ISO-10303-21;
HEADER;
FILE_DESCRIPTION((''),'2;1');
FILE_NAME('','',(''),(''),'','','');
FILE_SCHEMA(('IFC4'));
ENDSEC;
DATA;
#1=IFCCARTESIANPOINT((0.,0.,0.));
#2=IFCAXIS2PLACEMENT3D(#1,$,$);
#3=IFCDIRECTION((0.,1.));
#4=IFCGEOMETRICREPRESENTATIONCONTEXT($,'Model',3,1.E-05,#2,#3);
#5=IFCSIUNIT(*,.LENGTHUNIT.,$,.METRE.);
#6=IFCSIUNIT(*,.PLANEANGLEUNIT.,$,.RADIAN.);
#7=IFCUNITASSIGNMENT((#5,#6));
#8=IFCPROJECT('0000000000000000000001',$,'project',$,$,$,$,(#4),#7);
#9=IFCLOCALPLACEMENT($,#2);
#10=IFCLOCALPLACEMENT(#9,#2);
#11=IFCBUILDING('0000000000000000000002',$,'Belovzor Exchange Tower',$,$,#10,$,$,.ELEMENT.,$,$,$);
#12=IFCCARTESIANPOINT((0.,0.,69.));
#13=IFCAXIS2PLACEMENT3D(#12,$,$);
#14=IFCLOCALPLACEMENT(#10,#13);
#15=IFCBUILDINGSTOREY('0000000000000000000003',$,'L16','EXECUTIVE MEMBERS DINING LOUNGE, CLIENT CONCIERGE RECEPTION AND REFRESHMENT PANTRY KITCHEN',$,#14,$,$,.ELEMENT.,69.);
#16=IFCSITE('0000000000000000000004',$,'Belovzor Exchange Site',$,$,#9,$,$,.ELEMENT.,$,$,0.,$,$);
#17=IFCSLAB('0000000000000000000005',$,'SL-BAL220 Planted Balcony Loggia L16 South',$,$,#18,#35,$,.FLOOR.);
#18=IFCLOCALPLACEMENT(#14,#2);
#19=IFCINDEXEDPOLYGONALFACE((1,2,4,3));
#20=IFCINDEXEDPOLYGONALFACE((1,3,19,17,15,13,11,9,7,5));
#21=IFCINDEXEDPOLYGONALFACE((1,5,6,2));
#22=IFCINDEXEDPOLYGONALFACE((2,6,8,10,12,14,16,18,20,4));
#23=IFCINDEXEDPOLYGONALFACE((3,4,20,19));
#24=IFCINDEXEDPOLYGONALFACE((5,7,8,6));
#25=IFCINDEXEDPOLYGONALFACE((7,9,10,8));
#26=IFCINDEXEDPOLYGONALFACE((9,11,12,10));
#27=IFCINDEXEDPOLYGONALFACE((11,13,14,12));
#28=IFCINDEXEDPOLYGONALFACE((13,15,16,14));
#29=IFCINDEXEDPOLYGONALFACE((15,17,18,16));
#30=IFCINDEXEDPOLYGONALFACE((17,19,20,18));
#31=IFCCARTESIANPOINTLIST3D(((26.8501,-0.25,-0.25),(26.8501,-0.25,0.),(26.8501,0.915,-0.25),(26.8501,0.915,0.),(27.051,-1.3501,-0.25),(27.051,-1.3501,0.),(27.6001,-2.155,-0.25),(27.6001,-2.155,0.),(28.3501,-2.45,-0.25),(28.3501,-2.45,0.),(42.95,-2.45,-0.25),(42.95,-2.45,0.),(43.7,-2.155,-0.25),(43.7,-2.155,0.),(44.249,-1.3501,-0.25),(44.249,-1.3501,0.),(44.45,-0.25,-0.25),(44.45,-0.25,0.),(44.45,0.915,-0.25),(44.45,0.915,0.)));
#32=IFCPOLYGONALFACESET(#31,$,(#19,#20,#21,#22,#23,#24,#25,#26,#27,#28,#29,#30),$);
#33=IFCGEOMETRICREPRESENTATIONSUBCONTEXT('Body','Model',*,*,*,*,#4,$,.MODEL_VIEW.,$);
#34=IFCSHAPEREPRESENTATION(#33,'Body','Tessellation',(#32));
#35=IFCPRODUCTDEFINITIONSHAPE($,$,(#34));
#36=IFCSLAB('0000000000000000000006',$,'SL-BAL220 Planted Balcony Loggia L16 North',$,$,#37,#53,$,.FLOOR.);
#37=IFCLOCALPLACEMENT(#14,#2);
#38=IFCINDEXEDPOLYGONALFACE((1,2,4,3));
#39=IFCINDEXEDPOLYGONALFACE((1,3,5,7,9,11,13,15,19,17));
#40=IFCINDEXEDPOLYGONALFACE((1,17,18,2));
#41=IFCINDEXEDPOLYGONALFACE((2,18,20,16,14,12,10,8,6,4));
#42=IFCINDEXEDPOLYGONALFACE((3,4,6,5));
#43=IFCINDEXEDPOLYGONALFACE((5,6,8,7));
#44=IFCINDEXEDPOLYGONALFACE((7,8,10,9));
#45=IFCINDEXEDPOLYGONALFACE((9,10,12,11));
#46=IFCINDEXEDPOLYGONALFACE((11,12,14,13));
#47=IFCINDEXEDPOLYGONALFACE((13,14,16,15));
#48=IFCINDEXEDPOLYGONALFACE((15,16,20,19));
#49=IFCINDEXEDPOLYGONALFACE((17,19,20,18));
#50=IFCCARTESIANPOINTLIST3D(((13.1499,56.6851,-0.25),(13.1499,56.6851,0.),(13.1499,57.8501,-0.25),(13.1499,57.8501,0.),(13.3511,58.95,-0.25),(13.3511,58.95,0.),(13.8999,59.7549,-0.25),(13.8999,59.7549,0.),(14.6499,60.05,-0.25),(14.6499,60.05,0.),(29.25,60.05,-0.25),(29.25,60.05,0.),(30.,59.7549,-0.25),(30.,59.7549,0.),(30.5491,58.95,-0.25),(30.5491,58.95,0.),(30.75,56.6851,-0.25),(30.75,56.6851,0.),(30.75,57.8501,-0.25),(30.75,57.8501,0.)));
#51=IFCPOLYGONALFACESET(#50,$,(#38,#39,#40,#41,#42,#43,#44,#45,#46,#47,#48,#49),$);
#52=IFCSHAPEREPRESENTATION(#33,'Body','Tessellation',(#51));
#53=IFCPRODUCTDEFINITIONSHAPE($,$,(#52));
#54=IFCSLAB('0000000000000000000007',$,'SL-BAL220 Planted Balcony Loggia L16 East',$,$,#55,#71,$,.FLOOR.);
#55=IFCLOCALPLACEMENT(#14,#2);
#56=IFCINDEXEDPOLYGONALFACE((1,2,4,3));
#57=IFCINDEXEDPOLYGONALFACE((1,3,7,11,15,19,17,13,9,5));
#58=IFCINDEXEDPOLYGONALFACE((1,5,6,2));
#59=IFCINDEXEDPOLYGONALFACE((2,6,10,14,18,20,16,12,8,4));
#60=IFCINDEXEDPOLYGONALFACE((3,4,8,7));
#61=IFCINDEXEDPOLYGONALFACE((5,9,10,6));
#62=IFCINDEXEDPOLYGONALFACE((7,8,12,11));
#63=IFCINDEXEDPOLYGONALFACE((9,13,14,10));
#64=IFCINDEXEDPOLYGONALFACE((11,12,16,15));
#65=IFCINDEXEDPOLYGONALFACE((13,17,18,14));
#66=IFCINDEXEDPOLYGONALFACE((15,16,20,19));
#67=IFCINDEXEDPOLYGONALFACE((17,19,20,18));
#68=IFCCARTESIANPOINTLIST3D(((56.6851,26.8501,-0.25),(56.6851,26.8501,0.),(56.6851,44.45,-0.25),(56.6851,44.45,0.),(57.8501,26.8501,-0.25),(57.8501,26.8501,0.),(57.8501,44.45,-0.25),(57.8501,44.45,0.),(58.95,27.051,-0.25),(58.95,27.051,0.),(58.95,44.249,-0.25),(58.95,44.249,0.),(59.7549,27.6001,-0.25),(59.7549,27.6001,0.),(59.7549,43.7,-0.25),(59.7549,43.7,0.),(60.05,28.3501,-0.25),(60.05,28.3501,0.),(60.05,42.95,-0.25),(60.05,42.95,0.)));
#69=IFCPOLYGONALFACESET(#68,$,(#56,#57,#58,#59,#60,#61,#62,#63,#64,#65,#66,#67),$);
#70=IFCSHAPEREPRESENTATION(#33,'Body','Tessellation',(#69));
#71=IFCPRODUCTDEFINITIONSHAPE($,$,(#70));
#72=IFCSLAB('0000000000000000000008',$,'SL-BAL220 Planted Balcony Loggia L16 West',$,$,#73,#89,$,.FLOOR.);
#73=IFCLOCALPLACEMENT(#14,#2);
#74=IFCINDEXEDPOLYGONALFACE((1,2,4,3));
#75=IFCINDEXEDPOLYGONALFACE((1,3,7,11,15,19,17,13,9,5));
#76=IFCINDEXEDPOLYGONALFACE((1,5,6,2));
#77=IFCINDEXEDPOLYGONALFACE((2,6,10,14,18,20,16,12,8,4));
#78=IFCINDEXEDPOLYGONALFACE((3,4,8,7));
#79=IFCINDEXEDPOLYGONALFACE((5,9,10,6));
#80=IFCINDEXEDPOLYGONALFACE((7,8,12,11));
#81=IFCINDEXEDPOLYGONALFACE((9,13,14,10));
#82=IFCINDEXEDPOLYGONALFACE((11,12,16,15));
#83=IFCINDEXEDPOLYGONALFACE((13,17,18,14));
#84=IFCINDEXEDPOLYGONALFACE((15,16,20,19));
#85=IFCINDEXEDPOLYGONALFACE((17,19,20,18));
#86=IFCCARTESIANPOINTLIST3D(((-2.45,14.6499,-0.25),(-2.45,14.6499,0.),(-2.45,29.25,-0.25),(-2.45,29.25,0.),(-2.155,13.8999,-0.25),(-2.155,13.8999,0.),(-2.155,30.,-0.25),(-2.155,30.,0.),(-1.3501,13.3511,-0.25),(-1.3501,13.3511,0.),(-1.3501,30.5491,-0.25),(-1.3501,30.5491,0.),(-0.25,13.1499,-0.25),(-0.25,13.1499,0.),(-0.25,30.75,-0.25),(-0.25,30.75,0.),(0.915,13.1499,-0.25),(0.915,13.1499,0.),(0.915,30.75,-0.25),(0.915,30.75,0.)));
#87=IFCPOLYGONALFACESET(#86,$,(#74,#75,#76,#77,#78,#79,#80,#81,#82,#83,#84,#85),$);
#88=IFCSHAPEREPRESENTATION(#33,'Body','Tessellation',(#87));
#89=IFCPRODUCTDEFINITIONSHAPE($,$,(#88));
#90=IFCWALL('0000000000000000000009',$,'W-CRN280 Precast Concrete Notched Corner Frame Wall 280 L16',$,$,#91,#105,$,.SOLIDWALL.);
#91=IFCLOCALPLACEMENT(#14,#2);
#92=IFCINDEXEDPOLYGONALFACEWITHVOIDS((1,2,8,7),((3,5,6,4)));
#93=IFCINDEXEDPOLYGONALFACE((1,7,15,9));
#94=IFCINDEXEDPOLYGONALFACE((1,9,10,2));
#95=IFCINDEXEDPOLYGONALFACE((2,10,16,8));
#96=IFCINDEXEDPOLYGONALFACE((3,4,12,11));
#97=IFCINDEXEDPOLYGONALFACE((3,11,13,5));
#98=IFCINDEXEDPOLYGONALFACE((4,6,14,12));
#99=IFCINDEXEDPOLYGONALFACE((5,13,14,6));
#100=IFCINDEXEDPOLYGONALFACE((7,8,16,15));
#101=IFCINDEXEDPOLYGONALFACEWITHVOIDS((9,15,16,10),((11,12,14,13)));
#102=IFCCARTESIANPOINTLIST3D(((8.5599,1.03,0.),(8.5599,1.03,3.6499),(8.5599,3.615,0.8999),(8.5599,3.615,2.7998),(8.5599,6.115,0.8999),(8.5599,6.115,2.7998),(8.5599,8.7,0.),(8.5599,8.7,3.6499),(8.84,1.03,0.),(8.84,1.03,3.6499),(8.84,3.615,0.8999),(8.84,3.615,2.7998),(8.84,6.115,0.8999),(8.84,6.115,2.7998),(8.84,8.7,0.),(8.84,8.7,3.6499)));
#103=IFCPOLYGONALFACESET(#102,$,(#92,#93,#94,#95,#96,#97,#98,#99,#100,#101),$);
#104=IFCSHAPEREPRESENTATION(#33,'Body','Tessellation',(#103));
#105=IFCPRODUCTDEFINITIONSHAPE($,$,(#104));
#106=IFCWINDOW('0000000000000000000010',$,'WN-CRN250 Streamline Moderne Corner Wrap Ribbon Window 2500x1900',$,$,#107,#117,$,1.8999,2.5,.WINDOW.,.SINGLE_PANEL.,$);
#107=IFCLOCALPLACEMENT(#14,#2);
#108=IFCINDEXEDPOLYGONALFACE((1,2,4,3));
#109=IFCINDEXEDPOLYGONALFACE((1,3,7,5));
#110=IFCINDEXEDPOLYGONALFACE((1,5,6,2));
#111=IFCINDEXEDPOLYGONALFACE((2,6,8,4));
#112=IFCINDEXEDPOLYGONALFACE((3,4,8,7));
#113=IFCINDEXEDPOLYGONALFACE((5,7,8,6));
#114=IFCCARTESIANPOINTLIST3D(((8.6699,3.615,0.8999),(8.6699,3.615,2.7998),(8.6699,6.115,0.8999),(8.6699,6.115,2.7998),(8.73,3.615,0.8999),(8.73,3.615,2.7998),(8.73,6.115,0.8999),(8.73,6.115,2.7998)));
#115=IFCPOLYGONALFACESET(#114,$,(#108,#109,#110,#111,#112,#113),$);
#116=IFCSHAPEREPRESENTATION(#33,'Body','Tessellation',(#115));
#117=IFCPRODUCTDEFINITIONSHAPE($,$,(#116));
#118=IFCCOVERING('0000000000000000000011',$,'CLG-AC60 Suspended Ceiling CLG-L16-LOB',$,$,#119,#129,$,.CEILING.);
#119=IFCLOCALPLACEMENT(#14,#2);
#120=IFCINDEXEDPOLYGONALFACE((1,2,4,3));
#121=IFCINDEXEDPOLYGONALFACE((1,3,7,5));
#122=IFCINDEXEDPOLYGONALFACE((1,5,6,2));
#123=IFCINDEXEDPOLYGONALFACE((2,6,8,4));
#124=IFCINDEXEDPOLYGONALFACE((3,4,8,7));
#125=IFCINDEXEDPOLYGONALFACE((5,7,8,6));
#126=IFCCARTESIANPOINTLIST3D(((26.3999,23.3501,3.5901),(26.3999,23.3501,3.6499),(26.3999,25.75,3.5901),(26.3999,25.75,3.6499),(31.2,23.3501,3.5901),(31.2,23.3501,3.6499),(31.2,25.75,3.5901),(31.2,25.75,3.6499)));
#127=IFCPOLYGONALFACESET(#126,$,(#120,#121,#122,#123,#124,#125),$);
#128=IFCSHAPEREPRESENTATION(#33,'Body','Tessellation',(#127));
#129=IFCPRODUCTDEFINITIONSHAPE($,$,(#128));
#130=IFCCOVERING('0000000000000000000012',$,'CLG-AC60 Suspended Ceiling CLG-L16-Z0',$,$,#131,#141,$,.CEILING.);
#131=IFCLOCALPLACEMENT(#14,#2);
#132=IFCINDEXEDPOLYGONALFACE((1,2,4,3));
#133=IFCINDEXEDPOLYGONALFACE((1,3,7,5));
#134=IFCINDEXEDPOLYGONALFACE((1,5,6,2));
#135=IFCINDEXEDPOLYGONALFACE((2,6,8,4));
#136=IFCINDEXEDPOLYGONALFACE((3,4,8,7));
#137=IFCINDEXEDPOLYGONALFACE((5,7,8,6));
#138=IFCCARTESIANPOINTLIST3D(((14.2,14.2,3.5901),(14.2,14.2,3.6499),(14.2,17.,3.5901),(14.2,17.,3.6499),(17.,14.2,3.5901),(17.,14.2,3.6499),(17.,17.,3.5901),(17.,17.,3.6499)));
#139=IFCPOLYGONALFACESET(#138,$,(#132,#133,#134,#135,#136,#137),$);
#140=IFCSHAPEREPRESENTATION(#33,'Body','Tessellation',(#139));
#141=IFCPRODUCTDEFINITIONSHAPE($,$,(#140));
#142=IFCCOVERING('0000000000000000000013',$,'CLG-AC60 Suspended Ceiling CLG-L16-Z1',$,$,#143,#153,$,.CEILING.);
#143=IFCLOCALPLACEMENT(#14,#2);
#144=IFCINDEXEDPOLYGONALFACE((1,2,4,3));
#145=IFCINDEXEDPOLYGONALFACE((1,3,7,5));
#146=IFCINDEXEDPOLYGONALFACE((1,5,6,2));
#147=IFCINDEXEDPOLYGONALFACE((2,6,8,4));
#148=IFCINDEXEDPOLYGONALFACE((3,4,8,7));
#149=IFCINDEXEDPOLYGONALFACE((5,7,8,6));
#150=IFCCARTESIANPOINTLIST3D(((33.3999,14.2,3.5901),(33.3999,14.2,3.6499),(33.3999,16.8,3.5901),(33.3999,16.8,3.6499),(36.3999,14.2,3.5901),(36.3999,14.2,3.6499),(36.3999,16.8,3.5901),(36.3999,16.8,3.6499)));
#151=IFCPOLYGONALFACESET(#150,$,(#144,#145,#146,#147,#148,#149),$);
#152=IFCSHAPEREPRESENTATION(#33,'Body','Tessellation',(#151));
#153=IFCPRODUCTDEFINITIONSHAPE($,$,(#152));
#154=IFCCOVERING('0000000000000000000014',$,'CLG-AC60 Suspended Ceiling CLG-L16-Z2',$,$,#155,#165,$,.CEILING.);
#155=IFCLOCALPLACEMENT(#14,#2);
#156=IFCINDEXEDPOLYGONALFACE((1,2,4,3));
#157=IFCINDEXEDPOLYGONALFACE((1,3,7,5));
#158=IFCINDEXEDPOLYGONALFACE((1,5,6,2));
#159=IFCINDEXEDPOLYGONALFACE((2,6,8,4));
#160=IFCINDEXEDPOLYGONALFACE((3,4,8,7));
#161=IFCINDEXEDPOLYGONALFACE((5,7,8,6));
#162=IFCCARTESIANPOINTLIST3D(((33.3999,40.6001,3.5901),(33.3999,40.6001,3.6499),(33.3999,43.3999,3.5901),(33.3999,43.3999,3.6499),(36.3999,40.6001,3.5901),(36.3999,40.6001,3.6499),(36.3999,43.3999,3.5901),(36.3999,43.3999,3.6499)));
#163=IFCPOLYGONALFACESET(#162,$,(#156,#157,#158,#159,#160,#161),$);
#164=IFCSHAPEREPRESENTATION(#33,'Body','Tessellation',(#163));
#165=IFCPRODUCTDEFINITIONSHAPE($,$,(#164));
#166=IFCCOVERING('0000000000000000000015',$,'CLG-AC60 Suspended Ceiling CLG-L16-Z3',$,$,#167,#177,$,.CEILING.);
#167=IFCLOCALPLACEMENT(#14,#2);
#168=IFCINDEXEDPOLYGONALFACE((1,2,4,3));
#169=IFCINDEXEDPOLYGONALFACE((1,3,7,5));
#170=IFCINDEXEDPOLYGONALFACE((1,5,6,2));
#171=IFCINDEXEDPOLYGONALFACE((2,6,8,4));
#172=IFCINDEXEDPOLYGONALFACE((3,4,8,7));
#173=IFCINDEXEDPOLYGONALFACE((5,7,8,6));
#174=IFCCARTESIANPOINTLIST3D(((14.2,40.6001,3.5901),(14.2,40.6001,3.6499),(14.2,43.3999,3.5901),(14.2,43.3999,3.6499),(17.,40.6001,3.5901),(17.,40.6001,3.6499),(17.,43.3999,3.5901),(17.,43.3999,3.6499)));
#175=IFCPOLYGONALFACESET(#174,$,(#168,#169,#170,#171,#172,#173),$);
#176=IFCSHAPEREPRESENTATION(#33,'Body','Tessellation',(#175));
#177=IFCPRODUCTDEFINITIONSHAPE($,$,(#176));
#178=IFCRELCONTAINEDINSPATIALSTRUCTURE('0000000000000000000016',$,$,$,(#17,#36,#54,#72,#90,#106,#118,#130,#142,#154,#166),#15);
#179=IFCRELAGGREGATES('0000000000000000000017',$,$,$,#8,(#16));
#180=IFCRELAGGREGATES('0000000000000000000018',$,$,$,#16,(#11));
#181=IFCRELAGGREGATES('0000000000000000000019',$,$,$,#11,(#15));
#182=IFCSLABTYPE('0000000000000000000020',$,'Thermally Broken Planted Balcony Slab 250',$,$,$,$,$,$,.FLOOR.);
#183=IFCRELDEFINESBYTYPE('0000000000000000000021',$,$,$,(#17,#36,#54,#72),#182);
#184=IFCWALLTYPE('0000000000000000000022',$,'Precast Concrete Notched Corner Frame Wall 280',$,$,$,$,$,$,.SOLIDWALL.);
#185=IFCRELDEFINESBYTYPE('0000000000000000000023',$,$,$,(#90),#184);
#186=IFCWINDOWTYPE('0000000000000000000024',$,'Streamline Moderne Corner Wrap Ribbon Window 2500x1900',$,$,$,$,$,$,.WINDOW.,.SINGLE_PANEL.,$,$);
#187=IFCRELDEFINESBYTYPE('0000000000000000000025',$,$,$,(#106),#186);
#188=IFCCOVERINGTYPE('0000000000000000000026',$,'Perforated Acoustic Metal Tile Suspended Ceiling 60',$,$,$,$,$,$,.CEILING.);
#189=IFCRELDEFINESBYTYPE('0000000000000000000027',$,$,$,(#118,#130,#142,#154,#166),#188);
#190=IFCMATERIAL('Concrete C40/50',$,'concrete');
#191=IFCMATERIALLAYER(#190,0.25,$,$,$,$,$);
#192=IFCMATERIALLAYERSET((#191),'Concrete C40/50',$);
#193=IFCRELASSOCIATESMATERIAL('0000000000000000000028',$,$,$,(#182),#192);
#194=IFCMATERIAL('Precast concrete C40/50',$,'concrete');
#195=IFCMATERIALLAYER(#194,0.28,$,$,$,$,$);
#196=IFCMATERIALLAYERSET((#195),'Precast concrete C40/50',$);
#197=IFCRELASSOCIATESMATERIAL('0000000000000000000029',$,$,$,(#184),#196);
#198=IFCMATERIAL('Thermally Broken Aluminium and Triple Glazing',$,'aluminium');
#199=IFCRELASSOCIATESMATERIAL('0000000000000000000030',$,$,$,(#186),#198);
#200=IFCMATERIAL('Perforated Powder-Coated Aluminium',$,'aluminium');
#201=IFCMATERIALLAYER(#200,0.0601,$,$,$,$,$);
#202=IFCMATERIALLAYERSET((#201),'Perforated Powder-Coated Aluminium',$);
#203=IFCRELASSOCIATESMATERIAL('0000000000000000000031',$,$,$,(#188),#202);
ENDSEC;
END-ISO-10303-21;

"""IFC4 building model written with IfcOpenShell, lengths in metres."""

from ifc_helpers import new_model, si_unit, direction, frame, frame_2d, origin, place, context, subcontext, project, spatial, polyline, rectangle, outline, extrude, material, layer, layer_set, type_object, element, fill, save


model = new_model("IFC4")

# Units and contexts
model_context = context("Model", 3, precision=1e-05, world=origin(), true_north=direction((0.0, 1.0)))
body_context = subcontext(model_context, "Body", "Model", "MODEL_VIEW")
ifc_project = project(units=[si_unit("LENGTHUNIT", "METRE"), si_unit("PLANEANGLEUNIT", "RADIAN")], contexts=[model_context])

# Site, building, storey
site_placement = place(None, origin())
site = spatial("IfcSite", under=ifc_project, at=site_placement, Name="Belovzor Exchange Site", CompositionType="ELEMENT", RefElevation=0.0)
building_placement = place(site_placement, origin())
building = spatial("IfcBuilding", under=site, at=building_placement, Name="Belovzor Exchange Tower", CompositionType="ELEMENT")
storey_placement = place(building_placement, frame((0.0, 0.0, 69.0)))
storey = spatial("IfcBuildingStorey", under=building, at=storey_placement, Name="L16", Description="EXECUTIVE MEMBERS DINING LOUNGE, CLIENT CONCIERGE RECEPTION AND REFRESHMENT PANTRY KITCHEN", CompositionType="ELEMENT", Elevation=69.0)

# Slabs
ifc_material_1 = material(Name="Concrete C40/50", Category="concrete")
ifc_layer_1 = layer(ifc_material_1, 0.25)
ifc_layer_set_1 = layer_set([ifc_layer_1], Name="Concrete C40/50")
slab_type_1 = type_object("IfcSlabType", Name="Thermally Broken Planted Balcony Slab 250", PredefinedType="FLOOR", material=ifc_layer_set_1)
slab_1_placement = place(storey_placement, frame((0.0, 0.0, -0.25)))
element("IfcSlab", 1, at=slab_1_placement, inside=storey, type_object=slab_type_1, Name="SL-BAL220 Planted Balcony Loggia L16 South", PredefinedType="FLOOR", context=body_context, shape_type="SweptSolid", body=[
    extrude(outline(polyline([(26.8501, 0.915), (26.8501, -0.25), (27.051, -1.3501), (27.6001, -2.155), (28.3501, -2.45), (42.95, -2.45), (43.7, -2.155), (44.249, -1.3501), (44.45, -0.25), (44.45, 0.915), (26.8501, 0.915)])), origin(), (0.0, 0.0, 1.0), 0.25),
])
slab_2_placement = place(storey_placement, frame((0.0, 0.0, -0.25)))
element("IfcSlab", 2, at=slab_2_placement, inside=storey, type_object=slab_type_1, Name="SL-BAL220 Planted Balcony Loggia L16 North", PredefinedType="FLOOR", context=body_context, shape_type="SweptSolid", body=[
    extrude(outline(polyline([(30.75, 56.6851), (30.75, 57.8501), (30.5491, 58.95), (30.0, 59.7549), (29.25, 60.05), (14.6499, 60.05), (13.8999, 59.7549), (13.3511, 58.95), (13.1499, 57.8501), (13.1499, 56.6851), (30.75, 56.6851)])), origin(), (0.0, 0.0, 1.0), 0.25),
])
slab_3_placement = place(storey_placement, frame((0.0, 0.0, -0.25)))
element("IfcSlab", 3, at=slab_3_placement, inside=storey, type_object=slab_type_1, Name="SL-BAL220 Planted Balcony Loggia L16 East", PredefinedType="FLOOR", context=body_context, shape_type="SweptSolid", body=[
    extrude(outline(polyline([(56.6851, 26.8501), (57.8501, 26.8501), (58.95, 27.051), (59.7549, 27.6001), (60.05, 28.3501), (60.05, 42.95), (59.7549, 43.7), (58.95, 44.249), (57.8501, 44.45), (56.6851, 44.45), (56.6851, 26.8501)])), origin(), (0.0, 0.0, 1.0), 0.25),
])
slab_4_placement = place(storey_placement, frame((0.0, 0.0, -0.25)))
element("IfcSlab", 4, at=slab_4_placement, inside=storey, type_object=slab_type_1, Name="SL-BAL220 Planted Balcony Loggia L16 West", PredefinedType="FLOOR", context=body_context, shape_type="SweptSolid", body=[
    extrude(outline(polyline([(0.915, 30.75), (-0.25, 30.75), (-1.3501, 30.5491), (-2.155, 30.0), (-2.45, 29.25), (-2.45, 14.6499), (-2.155, 13.8999), (-1.3501, 13.3511), (-0.25, 13.1499), (0.915, 13.1499), (0.915, 30.75)])), origin(), (0.0, 0.0, 1.0), 0.25),
])

# Wall, opening, window
ifc_material_2 = material(Name="Precast concrete C40/50", Category="concrete")
ifc_layer_2 = layer(ifc_material_2, 0.28)
ifc_layer_set_2 = layer_set([ifc_layer_2], Name="Precast concrete C40/50")
wall_type = type_object("IfcWallType", Name="Precast Concrete Notched Corner Frame Wall 280", PredefinedType="SOLIDWALL", material=ifc_layer_set_2)
wall_placement = place(storey_placement, frame((8.7, 1.03, 0.0), z_axis=(0.0, 0.0, 1.0), x_axis=(0.0, 1.0, 0.0)))
wall = element("IfcWall", 5, at=wall_placement, inside=storey, type_object=wall_type, Name="W-CRN280 Precast Concrete Notched Corner Frame Wall 280 L16", PredefinedType="SOLIDWALL", context=body_context, shape_type="SweptSolid", body=[
    extrude(rectangle(XDim=7.6699, YDim=0.28, at=frame_2d((3.835, 0.0))), origin(), (0.0, 0.0, 1.0), 3.6499),
])
opening_placement = place(wall_placement, frame((2.585, 0.0, 0.8999)))
opening = element("IfcOpeningElement", 6, at=opening_placement, cuts=wall, PredefinedType="OPENING", context=body_context, shape_type="SweptSolid", body=[
    extrude(rectangle(XDim=2.5, YDim=1.8999, at=frame_2d((1.25, 0.95))), frame((0.0, 0.1499, 0.0), z_axis=(0.0, -1.0, 0.0), x_axis=(1.0, 0.0, 0.0)), (0.0, 0.0, 1.0), 0.3),
])
ifc_material_3 = material(Name="Thermally Broken Aluminium and Triple Glazing", Category="aluminium")
window_type = type_object("IfcWindowType", Name="Streamline Moderne Corner Wrap Ribbon Window 2500x1900", PartitioningType="SINGLE_PANEL", PredefinedType="WINDOW", material=ifc_material_3)
window_placement = place(opening_placement, origin())
window = element("IfcWindow", 7, at=window_placement, inside=storey, type_object=window_type, Name="WN-CRN250 Streamline Moderne Corner Wrap Ribbon Window 2500x1900", OverallHeight=1.8999, OverallWidth=2.5, PartitioningType="SINGLE_PANEL", PredefinedType="WINDOW", context=body_context, shape_type="SweptSolid", body=[
    extrude(rectangle(XDim=2.5, YDim=1.8999, at=frame_2d((1.25, 0.95))), frame((0.0, 0.03, 0.0), z_axis=(0.0, -1.0, 0.0), x_axis=(1.0, 0.0, 0.0)), (0.0, 0.0, 1.0), 0.0601),
])
fill(opening, window)

# Coverings
ifc_material_4 = material(Name="Perforated Powder-Coated Aluminium", Category="aluminium")
ifc_layer_3 = layer(ifc_material_4, 0.0601)
ifc_layer_set_3 = layer_set([ifc_layer_3], Name="Perforated Powder-Coated Aluminium")
covering_type_1 = type_object("IfcCoveringType", Name="Perforated Acoustic Metal Tile Suspended Ceiling 60", PredefinedType="CEILING", material=ifc_layer_set_3)
covering_1_placement = place(storey_placement, frame((0.0, 0.0, 3.5901)))
element("IfcCovering", 8, at=covering_1_placement, inside=storey, type_object=covering_type_1, Name="CLG-AC60 Suspended Ceiling CLG-L16-LOB", PredefinedType="CEILING", context=body_context, shape_type="SweptSolid", body=[
    extrude(outline(polyline([(26.3999, 23.3501), (31.2, 23.3501), (31.2, 25.75), (26.3999, 25.75), (26.3999, 23.3501)])), origin(), (0.0, 0.0, 1.0), 0.0598),
])
covering_2_placement = place(storey_placement, frame((0.0, 0.0, 3.5901)))
element("IfcCovering", 9, at=covering_2_placement, inside=storey, type_object=covering_type_1, Name="CLG-AC60 Suspended Ceiling CLG-L16-Z0", PredefinedType="CEILING", context=body_context, shape_type="SweptSolid", body=[
    extrude(outline(polyline([(14.2, 14.2), (17.0, 14.2), (17.0, 17.0), (14.2, 17.0), (14.2, 14.2)])), origin(), (0.0, 0.0, 1.0), 0.0598),
])
covering_3_placement = place(storey_placement, frame((0.0, 0.0, 3.5901)))
element("IfcCovering", 10, at=covering_3_placement, inside=storey, type_object=covering_type_1, Name="CLG-AC60 Suspended Ceiling CLG-L16-Z1", PredefinedType="CEILING", context=body_context, shape_type="SweptSolid", body=[
    extrude(outline(polyline([(33.3999, 14.2), (36.3999, 14.2), (36.3999, 16.8), (33.3999, 16.8), (33.3999, 14.2)])), origin(), (0.0, 0.0, 1.0), 0.0598),
])
covering_4_placement = place(storey_placement, frame((0.0, 0.0, 3.5901)))
element("IfcCovering", 11, at=covering_4_placement, inside=storey, type_object=covering_type_1, Name="CLG-AC60 Suspended Ceiling CLG-L16-Z2", PredefinedType="CEILING", context=body_context, shape_type="SweptSolid", body=[
    extrude(outline(polyline([(33.3999, 40.6001), (36.3999, 40.6001), (36.3999, 43.3999), (33.3999, 43.3999), (33.3999, 40.6001)])), origin(), (0.0, 0.0, 1.0), 0.0598),
])
covering_5_placement = place(storey_placement, frame((0.0, 0.0, 3.5901)))
element("IfcCovering", 12, at=covering_5_placement, inside=storey, type_object=covering_type_1, Name="CLG-AC60 Suspended Ceiling CLG-L16-Z3", PredefinedType="CEILING", context=body_context, shape_type="SweptSolid", body=[
    extrude(outline(polyline([(14.2, 40.6001), (17.0, 40.6001), (17.0, 43.3999), (14.2, 43.3999), (14.2, 40.6001)])), origin(), (0.0, 0.0, 1.0), 0.0598),
])

save(model, "model.ifc")
